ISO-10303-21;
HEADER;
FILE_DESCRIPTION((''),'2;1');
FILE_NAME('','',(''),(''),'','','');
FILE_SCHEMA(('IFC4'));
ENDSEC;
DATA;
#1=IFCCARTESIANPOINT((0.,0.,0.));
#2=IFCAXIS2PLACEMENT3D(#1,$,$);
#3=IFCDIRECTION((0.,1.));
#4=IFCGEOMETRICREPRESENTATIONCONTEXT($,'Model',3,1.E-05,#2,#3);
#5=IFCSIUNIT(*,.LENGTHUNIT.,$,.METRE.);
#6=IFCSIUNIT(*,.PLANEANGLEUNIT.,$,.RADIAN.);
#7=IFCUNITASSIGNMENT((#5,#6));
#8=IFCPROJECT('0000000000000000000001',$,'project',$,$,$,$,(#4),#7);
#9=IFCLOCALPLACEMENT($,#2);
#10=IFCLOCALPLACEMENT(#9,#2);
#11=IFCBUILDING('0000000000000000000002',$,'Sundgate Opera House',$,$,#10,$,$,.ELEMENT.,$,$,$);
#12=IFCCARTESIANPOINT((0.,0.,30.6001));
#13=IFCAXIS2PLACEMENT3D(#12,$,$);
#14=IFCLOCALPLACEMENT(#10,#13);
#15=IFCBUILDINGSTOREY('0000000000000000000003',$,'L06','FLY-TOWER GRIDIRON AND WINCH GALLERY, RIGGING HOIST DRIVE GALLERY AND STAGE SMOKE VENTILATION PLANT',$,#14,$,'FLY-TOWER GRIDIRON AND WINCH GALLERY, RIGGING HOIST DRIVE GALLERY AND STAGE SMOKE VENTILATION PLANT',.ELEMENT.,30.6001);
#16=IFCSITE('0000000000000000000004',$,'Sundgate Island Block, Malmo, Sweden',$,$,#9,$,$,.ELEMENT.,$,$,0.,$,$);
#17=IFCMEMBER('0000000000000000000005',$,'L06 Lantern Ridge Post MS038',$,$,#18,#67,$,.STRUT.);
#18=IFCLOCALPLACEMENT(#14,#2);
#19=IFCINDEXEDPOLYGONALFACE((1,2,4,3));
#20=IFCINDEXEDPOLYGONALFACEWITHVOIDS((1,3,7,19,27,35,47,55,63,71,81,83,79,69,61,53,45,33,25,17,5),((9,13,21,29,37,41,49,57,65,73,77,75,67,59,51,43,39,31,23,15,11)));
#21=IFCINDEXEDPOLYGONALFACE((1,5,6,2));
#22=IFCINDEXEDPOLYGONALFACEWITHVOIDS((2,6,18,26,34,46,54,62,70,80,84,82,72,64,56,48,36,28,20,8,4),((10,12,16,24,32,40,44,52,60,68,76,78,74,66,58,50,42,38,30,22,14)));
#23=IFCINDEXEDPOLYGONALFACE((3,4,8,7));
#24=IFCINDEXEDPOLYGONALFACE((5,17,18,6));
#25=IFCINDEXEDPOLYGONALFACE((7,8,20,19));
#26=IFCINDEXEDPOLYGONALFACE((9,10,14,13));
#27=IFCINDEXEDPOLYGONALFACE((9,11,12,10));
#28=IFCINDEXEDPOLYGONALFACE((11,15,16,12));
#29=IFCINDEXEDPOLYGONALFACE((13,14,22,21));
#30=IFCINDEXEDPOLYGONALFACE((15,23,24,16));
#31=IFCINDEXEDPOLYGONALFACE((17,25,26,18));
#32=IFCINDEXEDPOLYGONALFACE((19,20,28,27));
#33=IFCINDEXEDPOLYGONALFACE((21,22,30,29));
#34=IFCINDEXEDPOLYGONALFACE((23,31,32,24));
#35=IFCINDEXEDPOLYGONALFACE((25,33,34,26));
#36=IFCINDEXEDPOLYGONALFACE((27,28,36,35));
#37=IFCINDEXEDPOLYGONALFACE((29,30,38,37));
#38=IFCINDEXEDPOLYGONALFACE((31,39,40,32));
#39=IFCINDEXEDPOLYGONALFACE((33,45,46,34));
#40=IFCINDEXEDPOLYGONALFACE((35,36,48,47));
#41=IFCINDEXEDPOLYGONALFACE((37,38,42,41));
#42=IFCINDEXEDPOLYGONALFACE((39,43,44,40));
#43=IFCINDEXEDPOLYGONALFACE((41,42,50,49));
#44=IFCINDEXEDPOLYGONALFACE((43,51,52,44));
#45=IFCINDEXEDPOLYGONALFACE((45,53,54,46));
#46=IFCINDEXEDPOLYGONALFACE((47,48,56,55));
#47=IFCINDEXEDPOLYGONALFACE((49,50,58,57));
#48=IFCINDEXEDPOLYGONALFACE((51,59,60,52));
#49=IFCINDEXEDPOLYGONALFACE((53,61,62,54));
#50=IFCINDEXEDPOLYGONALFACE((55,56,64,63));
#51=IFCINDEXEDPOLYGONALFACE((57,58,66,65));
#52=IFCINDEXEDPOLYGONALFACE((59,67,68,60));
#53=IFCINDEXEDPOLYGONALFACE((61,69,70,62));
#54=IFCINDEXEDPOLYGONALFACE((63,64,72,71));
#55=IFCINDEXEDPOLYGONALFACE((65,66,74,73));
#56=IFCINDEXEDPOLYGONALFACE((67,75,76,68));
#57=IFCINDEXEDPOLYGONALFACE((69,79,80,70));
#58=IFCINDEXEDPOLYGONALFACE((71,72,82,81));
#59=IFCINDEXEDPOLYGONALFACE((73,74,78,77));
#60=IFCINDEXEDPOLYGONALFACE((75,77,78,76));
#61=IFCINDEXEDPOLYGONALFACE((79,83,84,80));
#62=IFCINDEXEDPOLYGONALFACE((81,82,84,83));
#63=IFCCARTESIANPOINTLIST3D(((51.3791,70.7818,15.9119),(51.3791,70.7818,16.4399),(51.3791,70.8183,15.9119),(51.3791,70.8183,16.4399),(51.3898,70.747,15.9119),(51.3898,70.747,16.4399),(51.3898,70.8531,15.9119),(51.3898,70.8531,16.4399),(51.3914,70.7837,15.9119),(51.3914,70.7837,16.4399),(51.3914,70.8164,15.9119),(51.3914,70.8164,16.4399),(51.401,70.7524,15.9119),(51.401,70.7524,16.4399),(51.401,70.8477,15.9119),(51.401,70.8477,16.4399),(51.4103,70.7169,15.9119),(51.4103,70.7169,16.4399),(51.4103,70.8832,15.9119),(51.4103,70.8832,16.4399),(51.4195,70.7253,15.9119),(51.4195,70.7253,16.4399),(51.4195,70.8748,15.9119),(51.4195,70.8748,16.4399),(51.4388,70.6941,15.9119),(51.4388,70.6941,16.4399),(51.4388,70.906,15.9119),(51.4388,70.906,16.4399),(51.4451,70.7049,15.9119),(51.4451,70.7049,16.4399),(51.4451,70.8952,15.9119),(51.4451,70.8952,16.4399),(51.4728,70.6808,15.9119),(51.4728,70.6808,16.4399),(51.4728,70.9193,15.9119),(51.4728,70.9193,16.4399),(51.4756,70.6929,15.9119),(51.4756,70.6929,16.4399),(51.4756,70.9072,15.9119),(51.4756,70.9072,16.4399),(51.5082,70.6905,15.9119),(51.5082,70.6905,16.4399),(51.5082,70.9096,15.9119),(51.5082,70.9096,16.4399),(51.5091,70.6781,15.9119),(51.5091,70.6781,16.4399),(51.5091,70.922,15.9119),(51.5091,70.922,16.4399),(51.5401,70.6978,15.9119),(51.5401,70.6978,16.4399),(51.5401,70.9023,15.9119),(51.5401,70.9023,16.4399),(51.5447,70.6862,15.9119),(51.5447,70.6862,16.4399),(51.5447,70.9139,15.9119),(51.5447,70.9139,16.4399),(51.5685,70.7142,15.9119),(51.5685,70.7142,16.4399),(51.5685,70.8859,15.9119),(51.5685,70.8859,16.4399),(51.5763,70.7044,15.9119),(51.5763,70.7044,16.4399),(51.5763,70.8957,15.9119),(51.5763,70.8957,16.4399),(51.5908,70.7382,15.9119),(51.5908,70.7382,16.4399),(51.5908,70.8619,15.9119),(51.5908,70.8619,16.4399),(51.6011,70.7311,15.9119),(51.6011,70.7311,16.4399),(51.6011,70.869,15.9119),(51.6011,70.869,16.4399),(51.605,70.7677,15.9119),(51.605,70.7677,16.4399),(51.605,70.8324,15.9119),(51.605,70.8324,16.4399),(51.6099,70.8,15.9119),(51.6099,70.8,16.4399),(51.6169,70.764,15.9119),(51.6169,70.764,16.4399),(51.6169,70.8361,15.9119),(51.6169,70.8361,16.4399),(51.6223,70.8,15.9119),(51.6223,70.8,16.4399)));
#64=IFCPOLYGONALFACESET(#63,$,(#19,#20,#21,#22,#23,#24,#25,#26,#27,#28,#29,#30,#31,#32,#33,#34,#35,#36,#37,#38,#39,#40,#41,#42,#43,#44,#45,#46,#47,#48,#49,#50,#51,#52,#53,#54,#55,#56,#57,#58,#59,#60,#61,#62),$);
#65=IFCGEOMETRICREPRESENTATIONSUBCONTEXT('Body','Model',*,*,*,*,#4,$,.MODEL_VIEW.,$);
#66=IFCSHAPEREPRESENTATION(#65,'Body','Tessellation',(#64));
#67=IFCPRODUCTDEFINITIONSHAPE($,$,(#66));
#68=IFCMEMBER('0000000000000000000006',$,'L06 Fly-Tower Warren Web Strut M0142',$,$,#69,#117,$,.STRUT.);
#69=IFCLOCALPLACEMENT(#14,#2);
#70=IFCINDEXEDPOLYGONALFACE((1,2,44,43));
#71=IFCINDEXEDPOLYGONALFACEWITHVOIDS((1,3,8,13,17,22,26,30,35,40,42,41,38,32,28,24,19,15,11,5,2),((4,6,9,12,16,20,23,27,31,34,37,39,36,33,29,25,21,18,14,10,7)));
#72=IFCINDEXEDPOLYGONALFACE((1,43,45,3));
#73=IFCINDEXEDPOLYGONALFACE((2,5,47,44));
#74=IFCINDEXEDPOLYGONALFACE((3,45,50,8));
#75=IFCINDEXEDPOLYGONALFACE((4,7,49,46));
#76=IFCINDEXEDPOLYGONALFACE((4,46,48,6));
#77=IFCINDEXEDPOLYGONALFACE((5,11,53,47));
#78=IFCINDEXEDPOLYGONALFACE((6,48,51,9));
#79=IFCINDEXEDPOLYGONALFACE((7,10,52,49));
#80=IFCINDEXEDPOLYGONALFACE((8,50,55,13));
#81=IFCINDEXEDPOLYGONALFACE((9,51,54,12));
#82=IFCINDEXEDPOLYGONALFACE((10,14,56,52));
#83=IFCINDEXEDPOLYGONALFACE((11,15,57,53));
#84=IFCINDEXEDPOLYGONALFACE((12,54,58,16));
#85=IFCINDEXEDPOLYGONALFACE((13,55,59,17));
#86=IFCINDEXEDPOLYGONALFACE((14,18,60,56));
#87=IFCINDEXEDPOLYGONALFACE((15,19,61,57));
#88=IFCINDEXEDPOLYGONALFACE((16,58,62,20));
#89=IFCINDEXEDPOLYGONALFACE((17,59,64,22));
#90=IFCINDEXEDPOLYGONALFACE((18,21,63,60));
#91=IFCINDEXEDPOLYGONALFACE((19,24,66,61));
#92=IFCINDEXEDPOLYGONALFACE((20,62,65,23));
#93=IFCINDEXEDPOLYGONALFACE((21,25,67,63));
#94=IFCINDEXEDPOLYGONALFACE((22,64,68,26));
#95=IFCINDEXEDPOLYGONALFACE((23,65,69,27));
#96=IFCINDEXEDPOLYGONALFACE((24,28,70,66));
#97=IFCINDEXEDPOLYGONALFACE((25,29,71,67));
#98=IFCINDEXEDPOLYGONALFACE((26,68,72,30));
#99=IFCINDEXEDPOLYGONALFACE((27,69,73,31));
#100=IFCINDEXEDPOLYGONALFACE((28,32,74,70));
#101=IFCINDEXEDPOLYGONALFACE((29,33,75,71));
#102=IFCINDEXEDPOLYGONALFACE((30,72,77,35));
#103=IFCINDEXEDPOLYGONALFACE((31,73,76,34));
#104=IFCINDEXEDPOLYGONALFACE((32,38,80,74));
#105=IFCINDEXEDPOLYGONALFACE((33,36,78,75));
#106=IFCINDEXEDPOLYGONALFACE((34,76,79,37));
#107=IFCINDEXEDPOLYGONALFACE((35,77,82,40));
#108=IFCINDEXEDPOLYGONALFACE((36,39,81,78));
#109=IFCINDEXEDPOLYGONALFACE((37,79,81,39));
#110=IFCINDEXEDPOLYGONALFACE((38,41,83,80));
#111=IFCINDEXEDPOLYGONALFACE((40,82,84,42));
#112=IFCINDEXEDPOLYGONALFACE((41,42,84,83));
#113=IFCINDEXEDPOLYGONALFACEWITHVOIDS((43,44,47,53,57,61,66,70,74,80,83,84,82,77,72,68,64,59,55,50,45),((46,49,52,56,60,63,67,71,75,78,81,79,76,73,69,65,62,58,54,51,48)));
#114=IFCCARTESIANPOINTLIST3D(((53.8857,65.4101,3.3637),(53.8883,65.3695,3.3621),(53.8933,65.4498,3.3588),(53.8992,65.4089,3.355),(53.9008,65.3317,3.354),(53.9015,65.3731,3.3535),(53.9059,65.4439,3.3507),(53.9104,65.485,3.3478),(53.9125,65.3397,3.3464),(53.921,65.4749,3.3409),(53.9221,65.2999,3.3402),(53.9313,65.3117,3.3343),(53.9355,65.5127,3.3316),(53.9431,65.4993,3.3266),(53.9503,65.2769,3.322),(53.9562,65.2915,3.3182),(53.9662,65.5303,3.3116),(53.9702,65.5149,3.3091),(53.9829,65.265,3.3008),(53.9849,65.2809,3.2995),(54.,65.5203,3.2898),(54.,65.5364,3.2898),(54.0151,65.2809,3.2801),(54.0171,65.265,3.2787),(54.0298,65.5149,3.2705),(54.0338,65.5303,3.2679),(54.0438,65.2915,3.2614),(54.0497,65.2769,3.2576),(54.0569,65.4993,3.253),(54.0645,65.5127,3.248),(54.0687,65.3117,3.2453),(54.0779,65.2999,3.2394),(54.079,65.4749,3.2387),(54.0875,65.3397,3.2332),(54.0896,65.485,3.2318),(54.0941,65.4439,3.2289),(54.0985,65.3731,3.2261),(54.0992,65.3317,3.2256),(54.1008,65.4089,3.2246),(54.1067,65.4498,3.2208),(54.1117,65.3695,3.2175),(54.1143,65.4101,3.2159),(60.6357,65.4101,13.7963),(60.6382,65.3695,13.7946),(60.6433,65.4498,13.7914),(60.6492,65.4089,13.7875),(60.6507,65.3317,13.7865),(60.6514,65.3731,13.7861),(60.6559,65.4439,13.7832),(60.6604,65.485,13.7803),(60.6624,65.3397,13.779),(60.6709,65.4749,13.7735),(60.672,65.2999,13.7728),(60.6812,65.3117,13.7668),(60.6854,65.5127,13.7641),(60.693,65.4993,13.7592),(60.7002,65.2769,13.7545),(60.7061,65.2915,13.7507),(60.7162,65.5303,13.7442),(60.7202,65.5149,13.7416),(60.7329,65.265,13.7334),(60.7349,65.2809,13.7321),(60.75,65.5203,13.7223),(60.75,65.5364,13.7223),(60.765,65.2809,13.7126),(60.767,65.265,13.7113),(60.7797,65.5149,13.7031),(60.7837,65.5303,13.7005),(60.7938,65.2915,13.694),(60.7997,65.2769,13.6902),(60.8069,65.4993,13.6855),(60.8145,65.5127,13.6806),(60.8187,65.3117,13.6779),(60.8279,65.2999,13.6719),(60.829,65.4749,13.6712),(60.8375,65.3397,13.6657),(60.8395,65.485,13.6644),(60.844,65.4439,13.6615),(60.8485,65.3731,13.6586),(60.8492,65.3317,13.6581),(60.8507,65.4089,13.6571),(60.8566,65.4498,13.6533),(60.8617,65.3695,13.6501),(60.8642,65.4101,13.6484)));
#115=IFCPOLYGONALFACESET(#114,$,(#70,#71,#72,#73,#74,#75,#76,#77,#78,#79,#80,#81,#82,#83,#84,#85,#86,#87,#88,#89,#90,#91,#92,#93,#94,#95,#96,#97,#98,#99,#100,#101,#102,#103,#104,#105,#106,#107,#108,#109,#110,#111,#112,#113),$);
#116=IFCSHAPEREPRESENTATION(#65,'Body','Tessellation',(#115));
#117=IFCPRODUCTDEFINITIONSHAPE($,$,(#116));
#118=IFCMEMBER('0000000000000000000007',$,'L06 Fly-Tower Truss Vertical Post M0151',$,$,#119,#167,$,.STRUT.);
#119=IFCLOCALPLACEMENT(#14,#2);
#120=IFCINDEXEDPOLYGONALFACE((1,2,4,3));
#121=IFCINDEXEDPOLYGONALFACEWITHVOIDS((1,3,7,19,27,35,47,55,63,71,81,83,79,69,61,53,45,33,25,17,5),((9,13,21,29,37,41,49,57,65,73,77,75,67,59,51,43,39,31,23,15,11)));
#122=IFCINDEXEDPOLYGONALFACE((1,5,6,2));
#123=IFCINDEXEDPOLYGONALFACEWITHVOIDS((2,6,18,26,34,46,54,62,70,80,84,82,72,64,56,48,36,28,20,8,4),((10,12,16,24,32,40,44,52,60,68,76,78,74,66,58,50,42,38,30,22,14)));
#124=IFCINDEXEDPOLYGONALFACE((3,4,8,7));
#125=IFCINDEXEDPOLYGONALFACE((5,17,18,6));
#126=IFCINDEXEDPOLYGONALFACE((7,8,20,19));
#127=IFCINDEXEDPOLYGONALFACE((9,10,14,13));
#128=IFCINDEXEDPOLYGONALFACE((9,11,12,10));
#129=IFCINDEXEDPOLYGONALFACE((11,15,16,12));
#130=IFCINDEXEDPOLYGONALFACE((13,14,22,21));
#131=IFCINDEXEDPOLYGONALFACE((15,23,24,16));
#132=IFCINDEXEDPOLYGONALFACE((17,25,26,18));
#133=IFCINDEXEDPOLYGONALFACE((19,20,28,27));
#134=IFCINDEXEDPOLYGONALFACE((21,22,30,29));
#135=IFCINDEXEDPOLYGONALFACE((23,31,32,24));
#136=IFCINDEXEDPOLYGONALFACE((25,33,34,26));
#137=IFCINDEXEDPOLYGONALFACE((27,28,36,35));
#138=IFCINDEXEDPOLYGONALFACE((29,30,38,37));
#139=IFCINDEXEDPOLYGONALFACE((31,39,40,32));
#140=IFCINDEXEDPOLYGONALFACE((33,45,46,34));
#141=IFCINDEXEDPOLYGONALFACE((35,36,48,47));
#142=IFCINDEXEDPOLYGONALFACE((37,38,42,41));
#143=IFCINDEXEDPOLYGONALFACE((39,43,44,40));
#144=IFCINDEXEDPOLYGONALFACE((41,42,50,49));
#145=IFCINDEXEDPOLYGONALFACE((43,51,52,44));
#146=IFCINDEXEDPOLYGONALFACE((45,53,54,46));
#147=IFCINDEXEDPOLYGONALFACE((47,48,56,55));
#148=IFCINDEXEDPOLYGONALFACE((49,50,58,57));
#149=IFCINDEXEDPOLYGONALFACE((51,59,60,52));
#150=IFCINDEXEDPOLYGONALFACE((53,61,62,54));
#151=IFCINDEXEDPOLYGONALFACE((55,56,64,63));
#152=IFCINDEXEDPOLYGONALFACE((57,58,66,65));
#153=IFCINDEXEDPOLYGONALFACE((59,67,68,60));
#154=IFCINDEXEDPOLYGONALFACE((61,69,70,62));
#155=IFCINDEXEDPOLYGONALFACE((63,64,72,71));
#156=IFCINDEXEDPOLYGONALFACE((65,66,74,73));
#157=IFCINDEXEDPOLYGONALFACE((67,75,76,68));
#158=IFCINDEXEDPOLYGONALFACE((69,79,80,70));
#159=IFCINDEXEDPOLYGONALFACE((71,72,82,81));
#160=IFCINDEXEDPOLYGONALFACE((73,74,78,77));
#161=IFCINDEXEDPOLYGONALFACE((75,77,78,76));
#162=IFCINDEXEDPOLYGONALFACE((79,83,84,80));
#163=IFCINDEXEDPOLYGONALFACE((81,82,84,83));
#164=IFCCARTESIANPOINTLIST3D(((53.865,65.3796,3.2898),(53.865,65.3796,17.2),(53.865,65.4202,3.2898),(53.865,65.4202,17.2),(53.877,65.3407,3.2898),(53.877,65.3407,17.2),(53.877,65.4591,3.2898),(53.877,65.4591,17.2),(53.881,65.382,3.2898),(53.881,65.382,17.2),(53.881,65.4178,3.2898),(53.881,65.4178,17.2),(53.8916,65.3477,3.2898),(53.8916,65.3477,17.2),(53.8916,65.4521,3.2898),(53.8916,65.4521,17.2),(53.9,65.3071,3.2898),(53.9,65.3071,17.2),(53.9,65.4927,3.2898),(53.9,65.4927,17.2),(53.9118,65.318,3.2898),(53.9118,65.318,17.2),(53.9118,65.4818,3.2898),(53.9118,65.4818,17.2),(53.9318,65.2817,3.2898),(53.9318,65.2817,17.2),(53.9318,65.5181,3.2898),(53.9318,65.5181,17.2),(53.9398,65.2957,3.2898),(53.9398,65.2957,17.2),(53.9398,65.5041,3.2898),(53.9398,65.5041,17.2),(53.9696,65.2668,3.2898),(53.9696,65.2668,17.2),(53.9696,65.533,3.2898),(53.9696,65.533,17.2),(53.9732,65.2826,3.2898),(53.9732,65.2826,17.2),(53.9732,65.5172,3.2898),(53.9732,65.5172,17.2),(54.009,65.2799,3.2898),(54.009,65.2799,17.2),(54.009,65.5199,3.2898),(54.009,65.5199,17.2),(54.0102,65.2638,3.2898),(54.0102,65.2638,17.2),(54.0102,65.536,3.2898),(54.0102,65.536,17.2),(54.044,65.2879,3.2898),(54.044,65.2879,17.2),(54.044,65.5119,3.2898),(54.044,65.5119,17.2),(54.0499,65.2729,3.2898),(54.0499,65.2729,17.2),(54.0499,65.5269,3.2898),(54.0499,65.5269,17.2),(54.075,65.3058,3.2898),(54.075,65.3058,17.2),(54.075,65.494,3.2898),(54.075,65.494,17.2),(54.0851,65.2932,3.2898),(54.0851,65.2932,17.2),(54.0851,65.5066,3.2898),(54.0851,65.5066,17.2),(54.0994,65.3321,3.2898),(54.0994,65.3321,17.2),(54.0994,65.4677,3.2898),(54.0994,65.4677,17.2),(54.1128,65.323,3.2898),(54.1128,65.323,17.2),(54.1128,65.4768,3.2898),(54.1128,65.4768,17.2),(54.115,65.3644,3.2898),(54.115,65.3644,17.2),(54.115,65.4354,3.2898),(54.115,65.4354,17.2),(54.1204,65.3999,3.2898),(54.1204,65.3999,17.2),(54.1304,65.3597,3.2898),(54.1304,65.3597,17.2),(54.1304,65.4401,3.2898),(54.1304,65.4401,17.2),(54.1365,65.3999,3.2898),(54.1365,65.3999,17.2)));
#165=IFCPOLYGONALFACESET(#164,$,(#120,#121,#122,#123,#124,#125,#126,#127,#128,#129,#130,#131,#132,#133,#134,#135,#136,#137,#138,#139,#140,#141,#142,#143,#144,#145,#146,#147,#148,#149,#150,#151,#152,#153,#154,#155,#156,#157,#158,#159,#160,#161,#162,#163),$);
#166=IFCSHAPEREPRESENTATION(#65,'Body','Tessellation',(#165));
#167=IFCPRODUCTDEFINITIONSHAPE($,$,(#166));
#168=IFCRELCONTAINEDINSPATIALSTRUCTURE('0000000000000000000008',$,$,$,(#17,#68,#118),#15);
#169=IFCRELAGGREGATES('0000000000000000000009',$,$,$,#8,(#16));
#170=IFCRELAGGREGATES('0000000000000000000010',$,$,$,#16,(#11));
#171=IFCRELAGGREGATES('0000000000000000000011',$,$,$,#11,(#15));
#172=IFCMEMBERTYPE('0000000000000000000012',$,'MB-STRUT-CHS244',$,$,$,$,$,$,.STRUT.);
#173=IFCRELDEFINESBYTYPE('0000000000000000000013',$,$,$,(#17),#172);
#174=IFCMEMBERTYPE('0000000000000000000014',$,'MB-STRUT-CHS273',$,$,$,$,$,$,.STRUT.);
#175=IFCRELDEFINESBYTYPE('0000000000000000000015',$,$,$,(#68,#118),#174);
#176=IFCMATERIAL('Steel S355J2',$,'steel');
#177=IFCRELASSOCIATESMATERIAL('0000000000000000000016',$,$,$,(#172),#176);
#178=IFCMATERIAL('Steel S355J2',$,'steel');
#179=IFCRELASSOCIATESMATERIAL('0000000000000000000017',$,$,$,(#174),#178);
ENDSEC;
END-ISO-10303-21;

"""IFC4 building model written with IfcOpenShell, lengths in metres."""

from ifc_helpers import new_model, si_unit, direction, frame, origin, origin_2d, place, context, subcontext, project, spatial, hollow_circle, extrude, material, material_profile, profile_set, type_object, element, save


model = new_model("IFC4")

# Units and contexts
model_context = context("Model", 3, precision=1e-05, world=origin(), true_north=direction((0.0, 1.0)))
body_context = subcontext(model_context, "Body", "Model", "MODEL_VIEW")
ifc_project = project(units=[si_unit("LENGTHUNIT", "METRE"), si_unit("PLANEANGLEUNIT", "RADIAN")], contexts=[model_context])

# Site, building, storey
site_placement = place(None, origin())
site = spatial("IfcSite", under=ifc_project, at=site_placement, Name="Sundgate Island Block, Malmo, Sweden", CompositionType="ELEMENT", RefElevation=0.0)
building_placement = place(site_placement, origin())
building = spatial("IfcBuilding", under=site, at=building_placement, Name="Sundgate Opera House", CompositionType="ELEMENT")
storey_placement = place(building_placement, frame((0.0, 0.0, 30.6001)))
storey = spatial("IfcBuildingStorey", under=building, at=storey_placement, Name="L06", Description="FLY-TOWER GRIDIRON AND WINCH GALLERY, RIGGING HOIST DRIVE GALLERY AND STAGE SMOKE VENTILATION PLANT", LongName="FLY-TOWER GRIDIRON AND WINCH GALLERY, RIGGING HOIST DRIVE GALLERY AND STAGE SMOKE VENTILATION PLANT", CompositionType="ELEMENT", Elevation=30.6001)

# Members
ifc_material_1 = material(Name="Steel S355J2", Category="steel")
ifc_material_profile_1 = material_profile(ifc_material_1, hollow_circle(Radius=0.1223, WallThickness=0.0125, at=origin_2d()), Name="CHS 244.5x12.5")
ifc_profile_set_1 = profile_set([ifc_material_profile_1], Name="Steel S355J2")
member_type_1 = type_object("IfcMemberType", Name="MB-STRUT-CHS244", PredefinedType="STRUT", material=ifc_profile_set_1)
member_1_placement = place(storey_placement, frame((51.5, 70.8, 15.9119), z_axis=(0.0, 0.0, 1.0), x_axis=(1.0, 0.0, 0.0)))
element("IfcMember", 1, at=member_1_placement, inside=storey, type_object=member_type_1, Name="L06 Lantern Ridge Post MS038", PredefinedType="STRUT", context=body_context, shape_type="SweptSolid", body=[
    extrude(hollow_circle(Radius=0.1223, WallThickness=0.0125, at=origin_2d()), origin(), (0.0, 0.0, 1.0), 0.5281),
])
ifc_material_2 = material(Name="Steel S355J2", Category="steel")
ifc_material_profile_2 = material_profile(ifc_material_2, hollow_circle(Radius=0.1365, WallThickness=0.0161, at=origin_2d()), Name="CHS 273.0x16.0")
ifc_profile_set_2 = profile_set([ifc_material_profile_2], Name="Steel S355J2")
member_type_2 = type_object("IfcMemberType", Name="MB-STRUT-CHS273", PredefinedType="STRUT", material=ifc_profile_set_2)
member_2_placement = place(storey_placement, frame((54.0, 65.3999, 3.2898), z_axis=(0.543222, 0.0, 0.839589), x_axis=(0.0, 1.0, 0.0)))
element("IfcMember", 2, at=member_2_placement, inside=storey, type_object=member_type_2, Name="L06 Fly-Tower Warren Web Strut M0142", PredefinedType="STRUT", context=body_context, shape_type="SweptSolid", body=[
    extrude(hollow_circle(Radius=0.1365, WallThickness=0.0161, at=origin_2d()), origin(), (0.0, 0.0, 1.0), 12.4258),
])
member_3_placement = place(storey_placement, frame((54.0, 65.3999, 3.2898), z_axis=(0.0, 0.0, 1.0), x_axis=(1.0, 0.0, 0.0)))
element("IfcMember", 3, at=member_3_placement, inside=storey, type_object=member_type_2, Name="L06 Fly-Tower Truss Vertical Post M0151", PredefinedType="STRUT", context=body_context, shape_type="SweptSolid", body=[
    extrude(hollow_circle(Radius=0.1365, WallThickness=0.0161, at=origin_2d()), origin(), (0.0, 0.0, 1.0), 13.9102),
])

save(model, "model.ifc")
